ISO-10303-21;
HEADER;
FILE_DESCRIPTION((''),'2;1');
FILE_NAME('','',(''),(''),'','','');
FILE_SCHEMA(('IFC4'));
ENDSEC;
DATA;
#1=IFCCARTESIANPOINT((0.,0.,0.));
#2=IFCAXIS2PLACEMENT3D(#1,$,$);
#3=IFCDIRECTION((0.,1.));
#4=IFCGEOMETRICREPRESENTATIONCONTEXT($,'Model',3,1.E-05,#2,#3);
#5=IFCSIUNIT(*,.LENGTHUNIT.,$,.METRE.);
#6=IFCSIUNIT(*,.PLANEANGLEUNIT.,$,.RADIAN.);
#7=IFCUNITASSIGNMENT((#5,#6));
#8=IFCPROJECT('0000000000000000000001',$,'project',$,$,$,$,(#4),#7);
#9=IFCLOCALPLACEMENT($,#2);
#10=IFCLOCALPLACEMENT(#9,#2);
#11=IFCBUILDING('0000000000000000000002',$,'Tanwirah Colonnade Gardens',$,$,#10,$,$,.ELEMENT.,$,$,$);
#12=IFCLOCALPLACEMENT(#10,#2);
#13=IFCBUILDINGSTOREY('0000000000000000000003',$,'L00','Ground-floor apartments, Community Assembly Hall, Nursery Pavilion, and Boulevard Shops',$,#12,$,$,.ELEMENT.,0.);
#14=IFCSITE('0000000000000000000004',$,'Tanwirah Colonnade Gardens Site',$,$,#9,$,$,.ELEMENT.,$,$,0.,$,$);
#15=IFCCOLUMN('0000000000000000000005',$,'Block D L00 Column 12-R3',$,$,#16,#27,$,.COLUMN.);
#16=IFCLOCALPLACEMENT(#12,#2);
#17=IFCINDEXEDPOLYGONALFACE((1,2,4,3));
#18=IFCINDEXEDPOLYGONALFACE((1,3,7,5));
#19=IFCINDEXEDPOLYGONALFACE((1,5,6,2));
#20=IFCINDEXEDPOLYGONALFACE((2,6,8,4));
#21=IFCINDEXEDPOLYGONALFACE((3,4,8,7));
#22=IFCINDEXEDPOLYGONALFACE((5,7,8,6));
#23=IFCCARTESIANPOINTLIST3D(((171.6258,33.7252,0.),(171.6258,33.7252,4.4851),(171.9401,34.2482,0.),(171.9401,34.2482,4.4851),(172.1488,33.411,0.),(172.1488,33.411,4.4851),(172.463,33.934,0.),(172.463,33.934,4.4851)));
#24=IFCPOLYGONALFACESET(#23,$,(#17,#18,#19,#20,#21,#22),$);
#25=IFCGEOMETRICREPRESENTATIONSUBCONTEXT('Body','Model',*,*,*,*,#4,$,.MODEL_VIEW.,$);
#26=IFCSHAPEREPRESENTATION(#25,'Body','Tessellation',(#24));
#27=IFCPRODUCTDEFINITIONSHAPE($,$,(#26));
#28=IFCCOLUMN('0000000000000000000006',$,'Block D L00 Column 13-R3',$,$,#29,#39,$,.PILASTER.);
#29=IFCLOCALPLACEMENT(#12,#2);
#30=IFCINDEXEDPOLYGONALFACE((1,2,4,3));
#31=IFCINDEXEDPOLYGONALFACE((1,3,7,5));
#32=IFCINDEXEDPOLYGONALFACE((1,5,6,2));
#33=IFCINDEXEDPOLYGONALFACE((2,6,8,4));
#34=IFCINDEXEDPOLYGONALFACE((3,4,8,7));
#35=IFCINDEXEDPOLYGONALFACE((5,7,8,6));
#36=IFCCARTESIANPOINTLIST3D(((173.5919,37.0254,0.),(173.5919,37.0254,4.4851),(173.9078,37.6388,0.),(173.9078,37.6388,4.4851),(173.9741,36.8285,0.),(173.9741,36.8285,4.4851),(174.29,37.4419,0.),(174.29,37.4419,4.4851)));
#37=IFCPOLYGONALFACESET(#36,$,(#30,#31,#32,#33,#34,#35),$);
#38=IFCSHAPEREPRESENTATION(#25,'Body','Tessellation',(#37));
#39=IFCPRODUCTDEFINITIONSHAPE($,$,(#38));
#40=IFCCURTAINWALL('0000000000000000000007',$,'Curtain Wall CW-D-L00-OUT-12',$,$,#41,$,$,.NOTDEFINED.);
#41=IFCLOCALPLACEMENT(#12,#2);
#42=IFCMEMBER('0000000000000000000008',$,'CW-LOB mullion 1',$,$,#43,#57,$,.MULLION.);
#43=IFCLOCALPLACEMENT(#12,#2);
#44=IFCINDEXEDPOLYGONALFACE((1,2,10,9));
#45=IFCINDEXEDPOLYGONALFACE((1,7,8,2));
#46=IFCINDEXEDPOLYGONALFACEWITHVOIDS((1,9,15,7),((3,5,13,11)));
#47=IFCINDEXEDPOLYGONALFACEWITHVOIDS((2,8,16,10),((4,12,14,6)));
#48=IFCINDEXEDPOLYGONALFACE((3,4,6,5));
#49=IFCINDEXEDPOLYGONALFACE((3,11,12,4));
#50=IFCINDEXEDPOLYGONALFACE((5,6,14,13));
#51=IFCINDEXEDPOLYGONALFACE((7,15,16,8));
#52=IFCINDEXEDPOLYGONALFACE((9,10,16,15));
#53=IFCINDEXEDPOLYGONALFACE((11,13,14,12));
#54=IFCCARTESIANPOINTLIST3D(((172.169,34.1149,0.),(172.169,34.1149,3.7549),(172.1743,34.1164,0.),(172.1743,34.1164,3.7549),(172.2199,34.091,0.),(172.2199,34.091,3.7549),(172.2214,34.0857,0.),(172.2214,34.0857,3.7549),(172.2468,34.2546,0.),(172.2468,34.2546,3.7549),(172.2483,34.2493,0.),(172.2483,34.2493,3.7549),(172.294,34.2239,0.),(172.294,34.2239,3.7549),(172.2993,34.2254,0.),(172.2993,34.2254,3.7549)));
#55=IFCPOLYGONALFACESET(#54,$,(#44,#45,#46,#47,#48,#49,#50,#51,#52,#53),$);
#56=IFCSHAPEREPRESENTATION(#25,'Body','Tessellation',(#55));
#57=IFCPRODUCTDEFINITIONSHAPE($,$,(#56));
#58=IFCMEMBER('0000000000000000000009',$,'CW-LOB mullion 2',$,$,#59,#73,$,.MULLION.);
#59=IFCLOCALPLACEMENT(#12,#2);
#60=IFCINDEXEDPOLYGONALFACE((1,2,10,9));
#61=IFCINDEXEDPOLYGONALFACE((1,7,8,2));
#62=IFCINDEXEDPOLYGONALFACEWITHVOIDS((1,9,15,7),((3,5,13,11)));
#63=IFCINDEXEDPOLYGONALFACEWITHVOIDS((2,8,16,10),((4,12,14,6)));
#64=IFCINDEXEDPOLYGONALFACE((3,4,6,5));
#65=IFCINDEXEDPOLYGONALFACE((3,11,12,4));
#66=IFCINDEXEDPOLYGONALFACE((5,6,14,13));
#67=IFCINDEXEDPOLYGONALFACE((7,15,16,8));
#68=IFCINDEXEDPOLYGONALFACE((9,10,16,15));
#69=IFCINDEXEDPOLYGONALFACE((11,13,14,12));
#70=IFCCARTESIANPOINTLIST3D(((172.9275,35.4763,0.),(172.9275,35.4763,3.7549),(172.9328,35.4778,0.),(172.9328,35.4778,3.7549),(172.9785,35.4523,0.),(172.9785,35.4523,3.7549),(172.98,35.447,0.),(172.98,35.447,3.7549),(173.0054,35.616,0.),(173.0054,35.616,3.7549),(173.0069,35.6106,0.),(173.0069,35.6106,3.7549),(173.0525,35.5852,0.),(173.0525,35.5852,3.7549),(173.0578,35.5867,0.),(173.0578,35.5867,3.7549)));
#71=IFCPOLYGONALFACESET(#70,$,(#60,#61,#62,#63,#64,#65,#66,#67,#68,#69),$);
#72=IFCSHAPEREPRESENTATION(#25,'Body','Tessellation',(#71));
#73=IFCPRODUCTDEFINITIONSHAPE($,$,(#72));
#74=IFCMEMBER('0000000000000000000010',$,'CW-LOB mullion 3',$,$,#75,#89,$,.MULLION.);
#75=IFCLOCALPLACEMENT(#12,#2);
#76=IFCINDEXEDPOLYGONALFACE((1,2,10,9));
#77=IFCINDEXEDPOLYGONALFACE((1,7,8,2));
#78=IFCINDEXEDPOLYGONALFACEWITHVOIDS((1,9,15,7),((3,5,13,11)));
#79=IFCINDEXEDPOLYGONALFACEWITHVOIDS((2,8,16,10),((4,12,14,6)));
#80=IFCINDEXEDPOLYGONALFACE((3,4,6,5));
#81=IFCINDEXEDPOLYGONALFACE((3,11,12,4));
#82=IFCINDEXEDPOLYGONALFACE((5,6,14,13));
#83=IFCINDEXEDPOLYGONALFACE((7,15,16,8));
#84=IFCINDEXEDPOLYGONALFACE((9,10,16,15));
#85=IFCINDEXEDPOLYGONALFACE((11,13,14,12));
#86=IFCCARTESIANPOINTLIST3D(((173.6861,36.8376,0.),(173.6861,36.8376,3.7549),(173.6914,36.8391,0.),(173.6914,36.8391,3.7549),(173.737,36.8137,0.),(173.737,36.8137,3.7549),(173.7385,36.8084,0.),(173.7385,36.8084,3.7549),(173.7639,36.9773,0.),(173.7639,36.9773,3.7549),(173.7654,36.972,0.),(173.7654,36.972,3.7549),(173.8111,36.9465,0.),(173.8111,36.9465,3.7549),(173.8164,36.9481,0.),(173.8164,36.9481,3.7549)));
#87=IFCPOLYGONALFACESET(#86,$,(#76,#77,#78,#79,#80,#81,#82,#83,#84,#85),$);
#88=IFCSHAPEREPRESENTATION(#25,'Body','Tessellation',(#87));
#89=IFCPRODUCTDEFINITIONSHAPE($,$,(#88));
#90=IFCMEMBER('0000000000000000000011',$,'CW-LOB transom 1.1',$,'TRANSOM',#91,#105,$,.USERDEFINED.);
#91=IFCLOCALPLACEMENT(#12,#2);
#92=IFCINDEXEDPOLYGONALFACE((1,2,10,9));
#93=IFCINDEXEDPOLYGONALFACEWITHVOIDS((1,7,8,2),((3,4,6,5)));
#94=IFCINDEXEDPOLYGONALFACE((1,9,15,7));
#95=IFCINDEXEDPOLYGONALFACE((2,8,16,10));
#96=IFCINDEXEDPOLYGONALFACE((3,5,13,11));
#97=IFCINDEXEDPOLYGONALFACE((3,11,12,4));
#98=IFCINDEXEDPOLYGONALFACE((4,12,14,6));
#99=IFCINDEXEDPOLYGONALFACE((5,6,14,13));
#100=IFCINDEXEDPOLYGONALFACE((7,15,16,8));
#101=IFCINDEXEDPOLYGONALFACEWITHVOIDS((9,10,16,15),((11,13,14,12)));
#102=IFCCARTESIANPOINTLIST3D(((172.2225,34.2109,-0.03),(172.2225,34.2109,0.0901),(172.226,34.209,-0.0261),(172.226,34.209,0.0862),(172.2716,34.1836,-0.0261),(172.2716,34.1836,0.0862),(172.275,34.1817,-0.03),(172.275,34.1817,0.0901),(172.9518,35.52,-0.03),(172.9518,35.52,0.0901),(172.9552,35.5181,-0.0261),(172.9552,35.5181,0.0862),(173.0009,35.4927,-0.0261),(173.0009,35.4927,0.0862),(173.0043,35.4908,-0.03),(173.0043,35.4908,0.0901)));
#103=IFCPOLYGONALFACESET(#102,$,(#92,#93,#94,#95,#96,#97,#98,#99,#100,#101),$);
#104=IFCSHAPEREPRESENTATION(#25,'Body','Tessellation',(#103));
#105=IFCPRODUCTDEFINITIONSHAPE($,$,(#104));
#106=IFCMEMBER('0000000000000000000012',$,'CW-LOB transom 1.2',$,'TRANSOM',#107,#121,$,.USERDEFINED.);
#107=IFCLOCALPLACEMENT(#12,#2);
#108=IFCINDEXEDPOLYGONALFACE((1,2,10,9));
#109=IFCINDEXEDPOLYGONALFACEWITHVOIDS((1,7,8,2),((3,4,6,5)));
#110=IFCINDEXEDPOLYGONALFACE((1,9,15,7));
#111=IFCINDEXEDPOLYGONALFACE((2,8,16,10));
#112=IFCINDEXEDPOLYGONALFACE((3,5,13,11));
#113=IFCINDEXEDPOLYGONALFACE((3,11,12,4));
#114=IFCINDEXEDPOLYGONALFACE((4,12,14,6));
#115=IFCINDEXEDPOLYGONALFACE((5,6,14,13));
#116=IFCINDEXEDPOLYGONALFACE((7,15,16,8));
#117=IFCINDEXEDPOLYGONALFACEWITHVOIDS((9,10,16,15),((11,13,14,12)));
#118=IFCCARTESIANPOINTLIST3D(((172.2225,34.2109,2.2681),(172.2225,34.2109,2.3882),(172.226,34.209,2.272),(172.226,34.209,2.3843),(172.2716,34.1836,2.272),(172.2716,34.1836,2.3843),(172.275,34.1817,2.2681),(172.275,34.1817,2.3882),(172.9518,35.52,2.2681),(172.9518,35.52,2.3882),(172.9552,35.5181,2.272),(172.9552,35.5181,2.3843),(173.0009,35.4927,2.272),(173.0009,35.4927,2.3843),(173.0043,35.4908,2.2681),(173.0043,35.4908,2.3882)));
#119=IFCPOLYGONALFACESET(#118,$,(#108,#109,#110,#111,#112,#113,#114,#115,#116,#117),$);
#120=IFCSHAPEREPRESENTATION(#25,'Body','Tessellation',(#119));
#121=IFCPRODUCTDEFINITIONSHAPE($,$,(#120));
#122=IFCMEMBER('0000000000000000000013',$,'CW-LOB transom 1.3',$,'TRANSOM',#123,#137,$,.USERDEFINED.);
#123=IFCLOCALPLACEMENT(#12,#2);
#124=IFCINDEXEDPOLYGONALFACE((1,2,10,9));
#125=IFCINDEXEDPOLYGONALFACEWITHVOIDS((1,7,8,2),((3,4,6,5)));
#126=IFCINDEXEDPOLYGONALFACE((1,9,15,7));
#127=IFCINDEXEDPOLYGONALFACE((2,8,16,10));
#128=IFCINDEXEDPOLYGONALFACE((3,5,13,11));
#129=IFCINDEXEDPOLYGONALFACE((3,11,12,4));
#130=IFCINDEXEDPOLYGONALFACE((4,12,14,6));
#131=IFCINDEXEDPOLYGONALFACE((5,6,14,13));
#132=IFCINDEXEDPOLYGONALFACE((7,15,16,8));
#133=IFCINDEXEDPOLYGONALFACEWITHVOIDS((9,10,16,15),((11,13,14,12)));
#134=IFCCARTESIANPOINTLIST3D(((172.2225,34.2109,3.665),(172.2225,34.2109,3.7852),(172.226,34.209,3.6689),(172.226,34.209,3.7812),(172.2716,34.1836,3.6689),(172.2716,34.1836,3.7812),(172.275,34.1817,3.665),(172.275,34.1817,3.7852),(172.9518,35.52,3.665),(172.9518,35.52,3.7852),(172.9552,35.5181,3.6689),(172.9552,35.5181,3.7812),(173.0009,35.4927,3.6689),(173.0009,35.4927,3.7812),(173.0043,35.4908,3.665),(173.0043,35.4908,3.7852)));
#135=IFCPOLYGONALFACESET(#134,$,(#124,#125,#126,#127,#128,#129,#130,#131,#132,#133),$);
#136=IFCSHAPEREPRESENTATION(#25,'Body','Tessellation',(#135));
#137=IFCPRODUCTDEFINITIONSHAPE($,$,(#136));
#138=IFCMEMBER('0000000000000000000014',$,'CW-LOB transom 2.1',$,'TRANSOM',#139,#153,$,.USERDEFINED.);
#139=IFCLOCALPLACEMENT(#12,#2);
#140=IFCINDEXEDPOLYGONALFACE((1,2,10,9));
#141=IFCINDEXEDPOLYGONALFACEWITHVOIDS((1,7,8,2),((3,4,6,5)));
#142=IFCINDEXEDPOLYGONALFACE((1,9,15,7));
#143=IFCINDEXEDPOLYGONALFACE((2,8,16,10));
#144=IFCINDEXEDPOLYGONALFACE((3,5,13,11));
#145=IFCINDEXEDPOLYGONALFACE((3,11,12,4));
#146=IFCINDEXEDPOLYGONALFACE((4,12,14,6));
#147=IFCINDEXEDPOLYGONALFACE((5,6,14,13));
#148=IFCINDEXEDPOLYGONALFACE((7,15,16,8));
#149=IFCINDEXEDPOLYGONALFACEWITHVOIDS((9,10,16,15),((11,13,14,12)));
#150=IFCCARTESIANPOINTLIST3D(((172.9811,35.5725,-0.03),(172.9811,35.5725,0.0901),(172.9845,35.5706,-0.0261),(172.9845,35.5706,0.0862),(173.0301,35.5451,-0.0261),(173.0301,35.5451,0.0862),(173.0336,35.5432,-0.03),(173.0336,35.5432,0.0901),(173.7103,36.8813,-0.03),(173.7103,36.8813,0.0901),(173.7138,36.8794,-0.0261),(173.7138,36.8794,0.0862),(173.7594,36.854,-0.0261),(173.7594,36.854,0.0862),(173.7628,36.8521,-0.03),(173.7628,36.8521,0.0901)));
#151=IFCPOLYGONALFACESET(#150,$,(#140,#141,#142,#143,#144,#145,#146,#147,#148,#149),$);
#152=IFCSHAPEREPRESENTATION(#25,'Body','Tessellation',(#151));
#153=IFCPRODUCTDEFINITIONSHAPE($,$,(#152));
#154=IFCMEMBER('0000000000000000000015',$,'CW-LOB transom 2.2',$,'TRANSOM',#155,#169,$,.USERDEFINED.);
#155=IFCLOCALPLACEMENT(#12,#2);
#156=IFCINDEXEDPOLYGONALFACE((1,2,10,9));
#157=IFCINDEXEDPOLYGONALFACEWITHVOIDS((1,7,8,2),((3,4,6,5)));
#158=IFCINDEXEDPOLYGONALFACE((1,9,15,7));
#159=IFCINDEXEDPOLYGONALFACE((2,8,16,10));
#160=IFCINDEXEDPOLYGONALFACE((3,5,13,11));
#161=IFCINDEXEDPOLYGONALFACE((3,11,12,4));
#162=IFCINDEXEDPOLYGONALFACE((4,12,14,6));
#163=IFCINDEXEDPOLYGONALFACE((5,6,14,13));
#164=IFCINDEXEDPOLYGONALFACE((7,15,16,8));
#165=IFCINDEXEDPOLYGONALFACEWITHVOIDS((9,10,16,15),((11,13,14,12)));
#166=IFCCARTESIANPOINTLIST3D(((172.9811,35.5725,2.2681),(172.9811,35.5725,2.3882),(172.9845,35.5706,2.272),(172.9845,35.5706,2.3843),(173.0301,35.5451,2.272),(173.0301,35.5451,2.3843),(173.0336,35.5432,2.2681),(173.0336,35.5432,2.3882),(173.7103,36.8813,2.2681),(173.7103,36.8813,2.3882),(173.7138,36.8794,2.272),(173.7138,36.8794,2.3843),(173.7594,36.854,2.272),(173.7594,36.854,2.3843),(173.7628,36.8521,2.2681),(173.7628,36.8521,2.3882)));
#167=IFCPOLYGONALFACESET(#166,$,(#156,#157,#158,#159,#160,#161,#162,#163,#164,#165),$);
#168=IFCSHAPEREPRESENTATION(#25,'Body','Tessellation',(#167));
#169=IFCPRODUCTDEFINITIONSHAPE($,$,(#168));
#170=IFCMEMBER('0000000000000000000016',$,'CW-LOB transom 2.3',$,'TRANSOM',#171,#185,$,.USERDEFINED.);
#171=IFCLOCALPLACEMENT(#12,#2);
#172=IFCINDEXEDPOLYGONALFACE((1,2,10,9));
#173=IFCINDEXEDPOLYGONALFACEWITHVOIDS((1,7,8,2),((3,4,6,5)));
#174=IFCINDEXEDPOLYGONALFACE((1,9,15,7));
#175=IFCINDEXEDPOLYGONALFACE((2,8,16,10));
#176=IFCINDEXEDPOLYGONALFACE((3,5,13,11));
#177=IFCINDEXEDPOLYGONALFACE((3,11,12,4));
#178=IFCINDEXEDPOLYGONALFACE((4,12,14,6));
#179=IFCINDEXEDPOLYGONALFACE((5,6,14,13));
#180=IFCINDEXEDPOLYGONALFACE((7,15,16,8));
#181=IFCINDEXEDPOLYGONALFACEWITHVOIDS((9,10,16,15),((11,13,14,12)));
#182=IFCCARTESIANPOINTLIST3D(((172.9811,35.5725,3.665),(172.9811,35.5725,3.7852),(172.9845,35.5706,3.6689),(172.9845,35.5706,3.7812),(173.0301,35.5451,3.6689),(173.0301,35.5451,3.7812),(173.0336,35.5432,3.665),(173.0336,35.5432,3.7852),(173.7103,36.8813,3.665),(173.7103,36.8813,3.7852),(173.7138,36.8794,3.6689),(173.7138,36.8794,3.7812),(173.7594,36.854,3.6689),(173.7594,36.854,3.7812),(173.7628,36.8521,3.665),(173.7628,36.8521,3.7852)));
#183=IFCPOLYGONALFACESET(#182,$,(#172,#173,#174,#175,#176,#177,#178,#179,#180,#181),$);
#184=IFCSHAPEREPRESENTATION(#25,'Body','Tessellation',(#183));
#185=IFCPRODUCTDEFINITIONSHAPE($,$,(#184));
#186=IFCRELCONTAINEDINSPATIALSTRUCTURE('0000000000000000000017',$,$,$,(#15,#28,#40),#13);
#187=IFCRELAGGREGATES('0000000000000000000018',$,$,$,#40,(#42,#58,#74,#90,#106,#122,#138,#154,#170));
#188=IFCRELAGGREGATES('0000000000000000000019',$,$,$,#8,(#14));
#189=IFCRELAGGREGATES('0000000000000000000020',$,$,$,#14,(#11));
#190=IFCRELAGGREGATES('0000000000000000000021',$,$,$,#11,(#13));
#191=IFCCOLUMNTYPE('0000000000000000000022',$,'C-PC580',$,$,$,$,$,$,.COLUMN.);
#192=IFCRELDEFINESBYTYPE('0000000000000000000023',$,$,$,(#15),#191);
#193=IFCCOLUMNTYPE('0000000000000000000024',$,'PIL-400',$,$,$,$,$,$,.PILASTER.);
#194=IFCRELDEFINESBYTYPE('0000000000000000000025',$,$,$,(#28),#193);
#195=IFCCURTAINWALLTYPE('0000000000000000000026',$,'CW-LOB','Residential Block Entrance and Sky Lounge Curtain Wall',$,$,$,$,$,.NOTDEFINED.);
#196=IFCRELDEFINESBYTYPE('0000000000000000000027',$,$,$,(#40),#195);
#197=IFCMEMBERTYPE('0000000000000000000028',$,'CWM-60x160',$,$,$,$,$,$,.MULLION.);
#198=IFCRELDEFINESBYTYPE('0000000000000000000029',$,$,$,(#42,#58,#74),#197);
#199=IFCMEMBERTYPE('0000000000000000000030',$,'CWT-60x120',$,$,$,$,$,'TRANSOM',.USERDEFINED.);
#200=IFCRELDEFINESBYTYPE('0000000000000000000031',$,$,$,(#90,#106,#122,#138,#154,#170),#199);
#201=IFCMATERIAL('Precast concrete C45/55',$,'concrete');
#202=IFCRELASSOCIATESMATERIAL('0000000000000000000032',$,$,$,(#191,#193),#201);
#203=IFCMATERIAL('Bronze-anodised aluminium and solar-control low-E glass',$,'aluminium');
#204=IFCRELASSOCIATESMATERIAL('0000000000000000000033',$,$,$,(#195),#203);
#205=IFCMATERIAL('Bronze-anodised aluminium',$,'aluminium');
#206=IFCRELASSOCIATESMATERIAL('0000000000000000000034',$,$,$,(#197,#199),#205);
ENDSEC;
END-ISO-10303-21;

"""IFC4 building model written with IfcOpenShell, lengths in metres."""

from ifc_helpers import new_model, si_unit, direction, frame, origin, origin_2d, place, context, subcontext, project, spatial, rectangle, hollow_rectangle, extrude, material, material_profile, profile_set, type_object, element, aggregate, save


model = new_model("IFC4")

# Units and contexts
model_context = context("Model", 3, precision=1e-05, world=origin(), true_north=direction((0.0, 1.0)))
body_context = subcontext(model_context, "Body", "Model", "MODEL_VIEW")
ifc_project = project(units=[si_unit("LENGTHUNIT", "METRE"), si_unit("PLANEANGLEUNIT", "RADIAN")], contexts=[model_context])

# Site, building, storey
site_placement = place(None, origin())
site = spatial("IfcSite", under=ifc_project, at=site_placement, Name="Tanwirah Colonnade Gardens Site", CompositionType="ELEMENT", RefElevation=0.0)
building_placement = place(site_placement, origin())
building = spatial("IfcBuilding", under=site, at=building_placement, Name="Tanwirah Colonnade Gardens", CompositionType="ELEMENT")
storey_placement = place(building_placement, origin())
storey = spatial("IfcBuildingStorey", under=building, at=storey_placement, Name="L00", Description="Ground-floor apartments, Community Assembly Hall, Nursery Pavilion, and Boulevard Shops", CompositionType="ELEMENT", Elevation=0.0)

# Columns
ifc_material_1 = material(Name="Precast concrete C45/55", Category="concrete")
ifc_material_profile_1 = material_profile(ifc_material_1, rectangle(XDim=0.6101, YDim=0.6101, at=origin_2d()), Name="PC-COL 610x610")
ifc_profile_set_1 = profile_set([ifc_material_profile_1], Name="Precast concrete C45/55")
column_type_1 = type_object("IfcColumnType", Name="C-PC580", PredefinedType="COLUMN", material=ifc_profile_set_1)
column_1_placement = place(storey_placement, frame((172.0444, 33.8296, 0.0), z_axis=(0.0, 0.0, 1.0), x_axis=(0.857167, -0.515038, 0.0)))
element("IfcColumn", 1, at=column_1_placement, inside=storey, type_object=column_type_1, Name="Block D L00 Column 12-R3", PredefinedType="COLUMN", context=body_context, shape_type="SweptSolid", body=[
    extrude(rectangle(XDim=0.6101, YDim=0.6101, at=origin_2d()), origin(), (0.0, 0.0, 1.0), 4.4851),
])
ifc_material_profile_2 = material_profile(ifc_material_1, rectangle(XDim=0.4299, YDim=0.6899, at=origin_2d()), Name="PC-PIL 430x690")
ifc_profile_set_2 = profile_set([ifc_material_profile_2], Name="Precast concrete C45/55")
column_type_2 = type_object("IfcColumnType", Name="PIL-400", PredefinedType="PILASTER", material=ifc_profile_set_2)
column_2_placement = place(storey_placement, frame((173.9409, 37.2336, 0.0), z_axis=(0.0, 0.0, 1.0), x_axis=(0.889017, -0.457874, 0.0)))
element("IfcColumn", 2, at=column_2_placement, inside=storey, type_object=column_type_2, Name="Block D L00 Column 13-R3", PredefinedType="PILASTER", context=body_context, shape_type="SweptSolid", body=[
    extrude(rectangle(XDim=0.4299, YDim=0.6899, at=origin_2d()), origin(), (0.0, 0.0, 1.0), 4.4851),
])

# Curtain wall, members
ifc_material_2 = material(Name="Bronze-anodised aluminium and solar-control low-E glass", Category="aluminium")
curtain_wall_type = type_object("IfcCurtainWallType", Name="CW-LOB", Description="Residential Block Entrance and Sky Lounge Curtain Wall", PredefinedType="NOTDEFINED", material=ifc_material_2)
curtain_wall_placement = place(storey_placement, origin())
curtain_wall = element("IfcCurtainWall", 3, at=curtain_wall_placement, inside=storey, type_object=curtain_wall_type, Name="Curtain Wall CW-D-L00-OUT-12", PredefinedType="NOTDEFINED")
ifc_material_3 = material(Name="Bronze-anodised aluminium", Category="aluminium")
ifc_material_profile_3 = material_profile(ifc_material_3, hollow_rectangle(XDim=0.0601, YDim=0.1599, WallThickness=0.0039, at=origin_2d()), Name="CW-MUL 60x160x4")
ifc_profile_set_3 = profile_set([ifc_material_profile_3], Name="Bronze-anodised aluminium")
member_type_1 = type_object("IfcMemberType", Name="CWM-60x160", PredefinedType="MULLION", material=ifc_profile_set_3)
member_1_placement = place(storey_placement, frame((172.2341, 34.1702, 0.0), z_axis=(0.0, 0.0, 1.0), x_axis=(-0.873561, 0.486715, 0.0)))
member_1 = element("IfcMember", 4, at=member_1_placement, type_object=member_type_1, Name="CW-LOB mullion 1", PredefinedType="MULLION", context=body_context, shape_type="SweptSolid", body=[
    extrude(hollow_rectangle(XDim=0.0601, YDim=0.1599, WallThickness=0.0039, at=origin_2d()), origin(), (0.0, 0.0, 1.0), 3.7549),
])
member_2_placement = place(storey_placement, frame((172.9927, 35.5315, 0.0), z_axis=(0.0, 0.0, 1.0), x_axis=(-0.873561, 0.486715, 0.0)))
member_2 = element("IfcMember", 5, at=member_2_placement, type_object=member_type_1, Name="CW-LOB mullion 2", PredefinedType="MULLION", context=body_context, shape_type="SweptSolid", body=[
    extrude(hollow_rectangle(XDim=0.0601, YDim=0.1599, WallThickness=0.0039, at=origin_2d()), origin(), (0.0, 0.0, 1.0), 3.7549),
])
member_3_placement = place(storey_placement, frame((173.7512, 36.8928, 0.0), z_axis=(0.0, 0.0, 1.0), x_axis=(-0.873561, 0.486715, 0.0)))
member_3 = element("IfcMember", 6, at=member_3_placement, type_object=member_type_1, Name="CW-LOB mullion 3", PredefinedType="MULLION", context=body_context, shape_type="SweptSolid", body=[
    extrude(hollow_rectangle(XDim=0.0601, YDim=0.1599, WallThickness=0.0039, at=origin_2d()), origin(), (0.0, 0.0, 1.0), 3.7549),
])
ifc_material_profile_4 = material_profile(ifc_material_3, hollow_rectangle(XDim=0.0601, YDim=0.1201, WallThickness=0.0039, at=origin_2d()), Name="CW-TRN 60x120x4")
ifc_profile_set_4 = profile_set([ifc_material_profile_4], Name="Bronze-anodised aluminium")
member_type_2 = type_object("IfcMemberType", Name="CWT-60x120", ElementType="TRANSOM", PredefinedType="USERDEFINED", material=ifc_profile_set_4)
member_4_placement = place(storey_placement, frame((172.2488, 34.1963, 0.03), z_axis=(0.486652, 0.873596, 0.0), x_axis=(-0.873596, 0.486652, 0.0)))
member_4 = element("IfcMember", 7, at=member_4_placement, type_object=member_type_2, Name="CW-LOB transom 1.1", ObjectType="TRANSOM", PredefinedType="USERDEFINED", context=body_context, shape_type="SweptSolid", body=[
    extrude(hollow_rectangle(XDim=0.0601, YDim=0.1201, WallThickness=0.0039, at=origin_2d()), origin(), (0.0, 0.0, 1.0), 1.4985),
])
member_5_placement = place(storey_placement, frame((172.2488, 34.1963, 2.3281), z_axis=(0.486652, 0.873596, 0.0), x_axis=(-0.873596, 0.486652, 0.0)))
member_5 = element("IfcMember", 8, at=member_5_placement, type_object=member_type_2, Name="CW-LOB transom 1.2", ObjectType="TRANSOM", PredefinedType="USERDEFINED", context=body_context, shape_type="SweptSolid", body=[
    extrude(hollow_rectangle(XDim=0.0601, YDim=0.1201, WallThickness=0.0039, at=origin_2d()), origin(), (0.0, 0.0, 1.0), 1.4985),
])
member_6_placement = place(storey_placement, frame((172.2488, 34.1963, 3.7251), z_axis=(0.486652, 0.873596, 0.0), x_axis=(-0.873596, 0.486652, 0.0)))
member_6 = element("IfcMember", 9, at=member_6_placement, type_object=member_type_2, Name="CW-LOB transom 1.3", ObjectType="TRANSOM", PredefinedType="USERDEFINED", context=body_context, shape_type="SweptSolid", body=[
    extrude(hollow_rectangle(XDim=0.0601, YDim=0.1201, WallThickness=0.0039, at=origin_2d()), origin(), (0.0, 0.0, 1.0), 1.4985),
])
member_7_placement = place(storey_placement, frame((173.0073, 35.5579, 0.03), z_axis=(0.486722, 0.873557, 0.0), x_axis=(-0.873557, 0.486722, 0.0)))
member_7 = element("IfcMember", 10, at=member_7_placement, type_object=member_type_2, Name="CW-LOB transom 2.1", ObjectType="TRANSOM", PredefinedType="USERDEFINED", context=body_context, shape_type="SweptSolid", body=[
    extrude(hollow_rectangle(XDim=0.0601, YDim=0.1201, WallThickness=0.0039, at=origin_2d()), origin(), (0.0, 0.0, 1.0), 1.4983),
])
member_8_placement = place(storey_placement, frame((173.0073, 35.5579, 2.3281), z_axis=(0.486722, 0.873557, 0.0), x_axis=(-0.873557, 0.486722, 0.0)))
member_8 = element("IfcMember", 11, at=member_8_placement, type_object=member_type_2, Name="CW-LOB transom 2.2", ObjectType="TRANSOM", PredefinedType="USERDEFINED", context=body_context, shape_type="SweptSolid", body=[
    extrude(hollow_rectangle(XDim=0.0601, YDim=0.1201, WallThickness=0.0039, at=origin_2d()), origin(), (0.0, 0.0, 1.0), 1.4983),
])
member_9_placement = place(storey_placement, frame((173.0073, 35.5579, 3.7251), z_axis=(0.486722, 0.873557, 0.0), x_axis=(-0.873557, 0.486722, 0.0)))
member_9 = element("IfcMember", 12, at=member_9_placement, type_object=member_type_2, Name="CW-LOB transom 2.3", ObjectType="TRANSOM", PredefinedType="USERDEFINED", context=body_context, shape_type="SweptSolid", body=[
    extrude(hollow_rectangle(XDim=0.0601, YDim=0.1201, WallThickness=0.0039, at=origin_2d()), origin(), (0.0, 0.0, 1.0), 1.4983),
])

aggregate(curtain_wall, [member_1, member_2, member_3, member_4, member_5, member_6, member_7, member_8, member_9])

save(model, "model.ifc")
